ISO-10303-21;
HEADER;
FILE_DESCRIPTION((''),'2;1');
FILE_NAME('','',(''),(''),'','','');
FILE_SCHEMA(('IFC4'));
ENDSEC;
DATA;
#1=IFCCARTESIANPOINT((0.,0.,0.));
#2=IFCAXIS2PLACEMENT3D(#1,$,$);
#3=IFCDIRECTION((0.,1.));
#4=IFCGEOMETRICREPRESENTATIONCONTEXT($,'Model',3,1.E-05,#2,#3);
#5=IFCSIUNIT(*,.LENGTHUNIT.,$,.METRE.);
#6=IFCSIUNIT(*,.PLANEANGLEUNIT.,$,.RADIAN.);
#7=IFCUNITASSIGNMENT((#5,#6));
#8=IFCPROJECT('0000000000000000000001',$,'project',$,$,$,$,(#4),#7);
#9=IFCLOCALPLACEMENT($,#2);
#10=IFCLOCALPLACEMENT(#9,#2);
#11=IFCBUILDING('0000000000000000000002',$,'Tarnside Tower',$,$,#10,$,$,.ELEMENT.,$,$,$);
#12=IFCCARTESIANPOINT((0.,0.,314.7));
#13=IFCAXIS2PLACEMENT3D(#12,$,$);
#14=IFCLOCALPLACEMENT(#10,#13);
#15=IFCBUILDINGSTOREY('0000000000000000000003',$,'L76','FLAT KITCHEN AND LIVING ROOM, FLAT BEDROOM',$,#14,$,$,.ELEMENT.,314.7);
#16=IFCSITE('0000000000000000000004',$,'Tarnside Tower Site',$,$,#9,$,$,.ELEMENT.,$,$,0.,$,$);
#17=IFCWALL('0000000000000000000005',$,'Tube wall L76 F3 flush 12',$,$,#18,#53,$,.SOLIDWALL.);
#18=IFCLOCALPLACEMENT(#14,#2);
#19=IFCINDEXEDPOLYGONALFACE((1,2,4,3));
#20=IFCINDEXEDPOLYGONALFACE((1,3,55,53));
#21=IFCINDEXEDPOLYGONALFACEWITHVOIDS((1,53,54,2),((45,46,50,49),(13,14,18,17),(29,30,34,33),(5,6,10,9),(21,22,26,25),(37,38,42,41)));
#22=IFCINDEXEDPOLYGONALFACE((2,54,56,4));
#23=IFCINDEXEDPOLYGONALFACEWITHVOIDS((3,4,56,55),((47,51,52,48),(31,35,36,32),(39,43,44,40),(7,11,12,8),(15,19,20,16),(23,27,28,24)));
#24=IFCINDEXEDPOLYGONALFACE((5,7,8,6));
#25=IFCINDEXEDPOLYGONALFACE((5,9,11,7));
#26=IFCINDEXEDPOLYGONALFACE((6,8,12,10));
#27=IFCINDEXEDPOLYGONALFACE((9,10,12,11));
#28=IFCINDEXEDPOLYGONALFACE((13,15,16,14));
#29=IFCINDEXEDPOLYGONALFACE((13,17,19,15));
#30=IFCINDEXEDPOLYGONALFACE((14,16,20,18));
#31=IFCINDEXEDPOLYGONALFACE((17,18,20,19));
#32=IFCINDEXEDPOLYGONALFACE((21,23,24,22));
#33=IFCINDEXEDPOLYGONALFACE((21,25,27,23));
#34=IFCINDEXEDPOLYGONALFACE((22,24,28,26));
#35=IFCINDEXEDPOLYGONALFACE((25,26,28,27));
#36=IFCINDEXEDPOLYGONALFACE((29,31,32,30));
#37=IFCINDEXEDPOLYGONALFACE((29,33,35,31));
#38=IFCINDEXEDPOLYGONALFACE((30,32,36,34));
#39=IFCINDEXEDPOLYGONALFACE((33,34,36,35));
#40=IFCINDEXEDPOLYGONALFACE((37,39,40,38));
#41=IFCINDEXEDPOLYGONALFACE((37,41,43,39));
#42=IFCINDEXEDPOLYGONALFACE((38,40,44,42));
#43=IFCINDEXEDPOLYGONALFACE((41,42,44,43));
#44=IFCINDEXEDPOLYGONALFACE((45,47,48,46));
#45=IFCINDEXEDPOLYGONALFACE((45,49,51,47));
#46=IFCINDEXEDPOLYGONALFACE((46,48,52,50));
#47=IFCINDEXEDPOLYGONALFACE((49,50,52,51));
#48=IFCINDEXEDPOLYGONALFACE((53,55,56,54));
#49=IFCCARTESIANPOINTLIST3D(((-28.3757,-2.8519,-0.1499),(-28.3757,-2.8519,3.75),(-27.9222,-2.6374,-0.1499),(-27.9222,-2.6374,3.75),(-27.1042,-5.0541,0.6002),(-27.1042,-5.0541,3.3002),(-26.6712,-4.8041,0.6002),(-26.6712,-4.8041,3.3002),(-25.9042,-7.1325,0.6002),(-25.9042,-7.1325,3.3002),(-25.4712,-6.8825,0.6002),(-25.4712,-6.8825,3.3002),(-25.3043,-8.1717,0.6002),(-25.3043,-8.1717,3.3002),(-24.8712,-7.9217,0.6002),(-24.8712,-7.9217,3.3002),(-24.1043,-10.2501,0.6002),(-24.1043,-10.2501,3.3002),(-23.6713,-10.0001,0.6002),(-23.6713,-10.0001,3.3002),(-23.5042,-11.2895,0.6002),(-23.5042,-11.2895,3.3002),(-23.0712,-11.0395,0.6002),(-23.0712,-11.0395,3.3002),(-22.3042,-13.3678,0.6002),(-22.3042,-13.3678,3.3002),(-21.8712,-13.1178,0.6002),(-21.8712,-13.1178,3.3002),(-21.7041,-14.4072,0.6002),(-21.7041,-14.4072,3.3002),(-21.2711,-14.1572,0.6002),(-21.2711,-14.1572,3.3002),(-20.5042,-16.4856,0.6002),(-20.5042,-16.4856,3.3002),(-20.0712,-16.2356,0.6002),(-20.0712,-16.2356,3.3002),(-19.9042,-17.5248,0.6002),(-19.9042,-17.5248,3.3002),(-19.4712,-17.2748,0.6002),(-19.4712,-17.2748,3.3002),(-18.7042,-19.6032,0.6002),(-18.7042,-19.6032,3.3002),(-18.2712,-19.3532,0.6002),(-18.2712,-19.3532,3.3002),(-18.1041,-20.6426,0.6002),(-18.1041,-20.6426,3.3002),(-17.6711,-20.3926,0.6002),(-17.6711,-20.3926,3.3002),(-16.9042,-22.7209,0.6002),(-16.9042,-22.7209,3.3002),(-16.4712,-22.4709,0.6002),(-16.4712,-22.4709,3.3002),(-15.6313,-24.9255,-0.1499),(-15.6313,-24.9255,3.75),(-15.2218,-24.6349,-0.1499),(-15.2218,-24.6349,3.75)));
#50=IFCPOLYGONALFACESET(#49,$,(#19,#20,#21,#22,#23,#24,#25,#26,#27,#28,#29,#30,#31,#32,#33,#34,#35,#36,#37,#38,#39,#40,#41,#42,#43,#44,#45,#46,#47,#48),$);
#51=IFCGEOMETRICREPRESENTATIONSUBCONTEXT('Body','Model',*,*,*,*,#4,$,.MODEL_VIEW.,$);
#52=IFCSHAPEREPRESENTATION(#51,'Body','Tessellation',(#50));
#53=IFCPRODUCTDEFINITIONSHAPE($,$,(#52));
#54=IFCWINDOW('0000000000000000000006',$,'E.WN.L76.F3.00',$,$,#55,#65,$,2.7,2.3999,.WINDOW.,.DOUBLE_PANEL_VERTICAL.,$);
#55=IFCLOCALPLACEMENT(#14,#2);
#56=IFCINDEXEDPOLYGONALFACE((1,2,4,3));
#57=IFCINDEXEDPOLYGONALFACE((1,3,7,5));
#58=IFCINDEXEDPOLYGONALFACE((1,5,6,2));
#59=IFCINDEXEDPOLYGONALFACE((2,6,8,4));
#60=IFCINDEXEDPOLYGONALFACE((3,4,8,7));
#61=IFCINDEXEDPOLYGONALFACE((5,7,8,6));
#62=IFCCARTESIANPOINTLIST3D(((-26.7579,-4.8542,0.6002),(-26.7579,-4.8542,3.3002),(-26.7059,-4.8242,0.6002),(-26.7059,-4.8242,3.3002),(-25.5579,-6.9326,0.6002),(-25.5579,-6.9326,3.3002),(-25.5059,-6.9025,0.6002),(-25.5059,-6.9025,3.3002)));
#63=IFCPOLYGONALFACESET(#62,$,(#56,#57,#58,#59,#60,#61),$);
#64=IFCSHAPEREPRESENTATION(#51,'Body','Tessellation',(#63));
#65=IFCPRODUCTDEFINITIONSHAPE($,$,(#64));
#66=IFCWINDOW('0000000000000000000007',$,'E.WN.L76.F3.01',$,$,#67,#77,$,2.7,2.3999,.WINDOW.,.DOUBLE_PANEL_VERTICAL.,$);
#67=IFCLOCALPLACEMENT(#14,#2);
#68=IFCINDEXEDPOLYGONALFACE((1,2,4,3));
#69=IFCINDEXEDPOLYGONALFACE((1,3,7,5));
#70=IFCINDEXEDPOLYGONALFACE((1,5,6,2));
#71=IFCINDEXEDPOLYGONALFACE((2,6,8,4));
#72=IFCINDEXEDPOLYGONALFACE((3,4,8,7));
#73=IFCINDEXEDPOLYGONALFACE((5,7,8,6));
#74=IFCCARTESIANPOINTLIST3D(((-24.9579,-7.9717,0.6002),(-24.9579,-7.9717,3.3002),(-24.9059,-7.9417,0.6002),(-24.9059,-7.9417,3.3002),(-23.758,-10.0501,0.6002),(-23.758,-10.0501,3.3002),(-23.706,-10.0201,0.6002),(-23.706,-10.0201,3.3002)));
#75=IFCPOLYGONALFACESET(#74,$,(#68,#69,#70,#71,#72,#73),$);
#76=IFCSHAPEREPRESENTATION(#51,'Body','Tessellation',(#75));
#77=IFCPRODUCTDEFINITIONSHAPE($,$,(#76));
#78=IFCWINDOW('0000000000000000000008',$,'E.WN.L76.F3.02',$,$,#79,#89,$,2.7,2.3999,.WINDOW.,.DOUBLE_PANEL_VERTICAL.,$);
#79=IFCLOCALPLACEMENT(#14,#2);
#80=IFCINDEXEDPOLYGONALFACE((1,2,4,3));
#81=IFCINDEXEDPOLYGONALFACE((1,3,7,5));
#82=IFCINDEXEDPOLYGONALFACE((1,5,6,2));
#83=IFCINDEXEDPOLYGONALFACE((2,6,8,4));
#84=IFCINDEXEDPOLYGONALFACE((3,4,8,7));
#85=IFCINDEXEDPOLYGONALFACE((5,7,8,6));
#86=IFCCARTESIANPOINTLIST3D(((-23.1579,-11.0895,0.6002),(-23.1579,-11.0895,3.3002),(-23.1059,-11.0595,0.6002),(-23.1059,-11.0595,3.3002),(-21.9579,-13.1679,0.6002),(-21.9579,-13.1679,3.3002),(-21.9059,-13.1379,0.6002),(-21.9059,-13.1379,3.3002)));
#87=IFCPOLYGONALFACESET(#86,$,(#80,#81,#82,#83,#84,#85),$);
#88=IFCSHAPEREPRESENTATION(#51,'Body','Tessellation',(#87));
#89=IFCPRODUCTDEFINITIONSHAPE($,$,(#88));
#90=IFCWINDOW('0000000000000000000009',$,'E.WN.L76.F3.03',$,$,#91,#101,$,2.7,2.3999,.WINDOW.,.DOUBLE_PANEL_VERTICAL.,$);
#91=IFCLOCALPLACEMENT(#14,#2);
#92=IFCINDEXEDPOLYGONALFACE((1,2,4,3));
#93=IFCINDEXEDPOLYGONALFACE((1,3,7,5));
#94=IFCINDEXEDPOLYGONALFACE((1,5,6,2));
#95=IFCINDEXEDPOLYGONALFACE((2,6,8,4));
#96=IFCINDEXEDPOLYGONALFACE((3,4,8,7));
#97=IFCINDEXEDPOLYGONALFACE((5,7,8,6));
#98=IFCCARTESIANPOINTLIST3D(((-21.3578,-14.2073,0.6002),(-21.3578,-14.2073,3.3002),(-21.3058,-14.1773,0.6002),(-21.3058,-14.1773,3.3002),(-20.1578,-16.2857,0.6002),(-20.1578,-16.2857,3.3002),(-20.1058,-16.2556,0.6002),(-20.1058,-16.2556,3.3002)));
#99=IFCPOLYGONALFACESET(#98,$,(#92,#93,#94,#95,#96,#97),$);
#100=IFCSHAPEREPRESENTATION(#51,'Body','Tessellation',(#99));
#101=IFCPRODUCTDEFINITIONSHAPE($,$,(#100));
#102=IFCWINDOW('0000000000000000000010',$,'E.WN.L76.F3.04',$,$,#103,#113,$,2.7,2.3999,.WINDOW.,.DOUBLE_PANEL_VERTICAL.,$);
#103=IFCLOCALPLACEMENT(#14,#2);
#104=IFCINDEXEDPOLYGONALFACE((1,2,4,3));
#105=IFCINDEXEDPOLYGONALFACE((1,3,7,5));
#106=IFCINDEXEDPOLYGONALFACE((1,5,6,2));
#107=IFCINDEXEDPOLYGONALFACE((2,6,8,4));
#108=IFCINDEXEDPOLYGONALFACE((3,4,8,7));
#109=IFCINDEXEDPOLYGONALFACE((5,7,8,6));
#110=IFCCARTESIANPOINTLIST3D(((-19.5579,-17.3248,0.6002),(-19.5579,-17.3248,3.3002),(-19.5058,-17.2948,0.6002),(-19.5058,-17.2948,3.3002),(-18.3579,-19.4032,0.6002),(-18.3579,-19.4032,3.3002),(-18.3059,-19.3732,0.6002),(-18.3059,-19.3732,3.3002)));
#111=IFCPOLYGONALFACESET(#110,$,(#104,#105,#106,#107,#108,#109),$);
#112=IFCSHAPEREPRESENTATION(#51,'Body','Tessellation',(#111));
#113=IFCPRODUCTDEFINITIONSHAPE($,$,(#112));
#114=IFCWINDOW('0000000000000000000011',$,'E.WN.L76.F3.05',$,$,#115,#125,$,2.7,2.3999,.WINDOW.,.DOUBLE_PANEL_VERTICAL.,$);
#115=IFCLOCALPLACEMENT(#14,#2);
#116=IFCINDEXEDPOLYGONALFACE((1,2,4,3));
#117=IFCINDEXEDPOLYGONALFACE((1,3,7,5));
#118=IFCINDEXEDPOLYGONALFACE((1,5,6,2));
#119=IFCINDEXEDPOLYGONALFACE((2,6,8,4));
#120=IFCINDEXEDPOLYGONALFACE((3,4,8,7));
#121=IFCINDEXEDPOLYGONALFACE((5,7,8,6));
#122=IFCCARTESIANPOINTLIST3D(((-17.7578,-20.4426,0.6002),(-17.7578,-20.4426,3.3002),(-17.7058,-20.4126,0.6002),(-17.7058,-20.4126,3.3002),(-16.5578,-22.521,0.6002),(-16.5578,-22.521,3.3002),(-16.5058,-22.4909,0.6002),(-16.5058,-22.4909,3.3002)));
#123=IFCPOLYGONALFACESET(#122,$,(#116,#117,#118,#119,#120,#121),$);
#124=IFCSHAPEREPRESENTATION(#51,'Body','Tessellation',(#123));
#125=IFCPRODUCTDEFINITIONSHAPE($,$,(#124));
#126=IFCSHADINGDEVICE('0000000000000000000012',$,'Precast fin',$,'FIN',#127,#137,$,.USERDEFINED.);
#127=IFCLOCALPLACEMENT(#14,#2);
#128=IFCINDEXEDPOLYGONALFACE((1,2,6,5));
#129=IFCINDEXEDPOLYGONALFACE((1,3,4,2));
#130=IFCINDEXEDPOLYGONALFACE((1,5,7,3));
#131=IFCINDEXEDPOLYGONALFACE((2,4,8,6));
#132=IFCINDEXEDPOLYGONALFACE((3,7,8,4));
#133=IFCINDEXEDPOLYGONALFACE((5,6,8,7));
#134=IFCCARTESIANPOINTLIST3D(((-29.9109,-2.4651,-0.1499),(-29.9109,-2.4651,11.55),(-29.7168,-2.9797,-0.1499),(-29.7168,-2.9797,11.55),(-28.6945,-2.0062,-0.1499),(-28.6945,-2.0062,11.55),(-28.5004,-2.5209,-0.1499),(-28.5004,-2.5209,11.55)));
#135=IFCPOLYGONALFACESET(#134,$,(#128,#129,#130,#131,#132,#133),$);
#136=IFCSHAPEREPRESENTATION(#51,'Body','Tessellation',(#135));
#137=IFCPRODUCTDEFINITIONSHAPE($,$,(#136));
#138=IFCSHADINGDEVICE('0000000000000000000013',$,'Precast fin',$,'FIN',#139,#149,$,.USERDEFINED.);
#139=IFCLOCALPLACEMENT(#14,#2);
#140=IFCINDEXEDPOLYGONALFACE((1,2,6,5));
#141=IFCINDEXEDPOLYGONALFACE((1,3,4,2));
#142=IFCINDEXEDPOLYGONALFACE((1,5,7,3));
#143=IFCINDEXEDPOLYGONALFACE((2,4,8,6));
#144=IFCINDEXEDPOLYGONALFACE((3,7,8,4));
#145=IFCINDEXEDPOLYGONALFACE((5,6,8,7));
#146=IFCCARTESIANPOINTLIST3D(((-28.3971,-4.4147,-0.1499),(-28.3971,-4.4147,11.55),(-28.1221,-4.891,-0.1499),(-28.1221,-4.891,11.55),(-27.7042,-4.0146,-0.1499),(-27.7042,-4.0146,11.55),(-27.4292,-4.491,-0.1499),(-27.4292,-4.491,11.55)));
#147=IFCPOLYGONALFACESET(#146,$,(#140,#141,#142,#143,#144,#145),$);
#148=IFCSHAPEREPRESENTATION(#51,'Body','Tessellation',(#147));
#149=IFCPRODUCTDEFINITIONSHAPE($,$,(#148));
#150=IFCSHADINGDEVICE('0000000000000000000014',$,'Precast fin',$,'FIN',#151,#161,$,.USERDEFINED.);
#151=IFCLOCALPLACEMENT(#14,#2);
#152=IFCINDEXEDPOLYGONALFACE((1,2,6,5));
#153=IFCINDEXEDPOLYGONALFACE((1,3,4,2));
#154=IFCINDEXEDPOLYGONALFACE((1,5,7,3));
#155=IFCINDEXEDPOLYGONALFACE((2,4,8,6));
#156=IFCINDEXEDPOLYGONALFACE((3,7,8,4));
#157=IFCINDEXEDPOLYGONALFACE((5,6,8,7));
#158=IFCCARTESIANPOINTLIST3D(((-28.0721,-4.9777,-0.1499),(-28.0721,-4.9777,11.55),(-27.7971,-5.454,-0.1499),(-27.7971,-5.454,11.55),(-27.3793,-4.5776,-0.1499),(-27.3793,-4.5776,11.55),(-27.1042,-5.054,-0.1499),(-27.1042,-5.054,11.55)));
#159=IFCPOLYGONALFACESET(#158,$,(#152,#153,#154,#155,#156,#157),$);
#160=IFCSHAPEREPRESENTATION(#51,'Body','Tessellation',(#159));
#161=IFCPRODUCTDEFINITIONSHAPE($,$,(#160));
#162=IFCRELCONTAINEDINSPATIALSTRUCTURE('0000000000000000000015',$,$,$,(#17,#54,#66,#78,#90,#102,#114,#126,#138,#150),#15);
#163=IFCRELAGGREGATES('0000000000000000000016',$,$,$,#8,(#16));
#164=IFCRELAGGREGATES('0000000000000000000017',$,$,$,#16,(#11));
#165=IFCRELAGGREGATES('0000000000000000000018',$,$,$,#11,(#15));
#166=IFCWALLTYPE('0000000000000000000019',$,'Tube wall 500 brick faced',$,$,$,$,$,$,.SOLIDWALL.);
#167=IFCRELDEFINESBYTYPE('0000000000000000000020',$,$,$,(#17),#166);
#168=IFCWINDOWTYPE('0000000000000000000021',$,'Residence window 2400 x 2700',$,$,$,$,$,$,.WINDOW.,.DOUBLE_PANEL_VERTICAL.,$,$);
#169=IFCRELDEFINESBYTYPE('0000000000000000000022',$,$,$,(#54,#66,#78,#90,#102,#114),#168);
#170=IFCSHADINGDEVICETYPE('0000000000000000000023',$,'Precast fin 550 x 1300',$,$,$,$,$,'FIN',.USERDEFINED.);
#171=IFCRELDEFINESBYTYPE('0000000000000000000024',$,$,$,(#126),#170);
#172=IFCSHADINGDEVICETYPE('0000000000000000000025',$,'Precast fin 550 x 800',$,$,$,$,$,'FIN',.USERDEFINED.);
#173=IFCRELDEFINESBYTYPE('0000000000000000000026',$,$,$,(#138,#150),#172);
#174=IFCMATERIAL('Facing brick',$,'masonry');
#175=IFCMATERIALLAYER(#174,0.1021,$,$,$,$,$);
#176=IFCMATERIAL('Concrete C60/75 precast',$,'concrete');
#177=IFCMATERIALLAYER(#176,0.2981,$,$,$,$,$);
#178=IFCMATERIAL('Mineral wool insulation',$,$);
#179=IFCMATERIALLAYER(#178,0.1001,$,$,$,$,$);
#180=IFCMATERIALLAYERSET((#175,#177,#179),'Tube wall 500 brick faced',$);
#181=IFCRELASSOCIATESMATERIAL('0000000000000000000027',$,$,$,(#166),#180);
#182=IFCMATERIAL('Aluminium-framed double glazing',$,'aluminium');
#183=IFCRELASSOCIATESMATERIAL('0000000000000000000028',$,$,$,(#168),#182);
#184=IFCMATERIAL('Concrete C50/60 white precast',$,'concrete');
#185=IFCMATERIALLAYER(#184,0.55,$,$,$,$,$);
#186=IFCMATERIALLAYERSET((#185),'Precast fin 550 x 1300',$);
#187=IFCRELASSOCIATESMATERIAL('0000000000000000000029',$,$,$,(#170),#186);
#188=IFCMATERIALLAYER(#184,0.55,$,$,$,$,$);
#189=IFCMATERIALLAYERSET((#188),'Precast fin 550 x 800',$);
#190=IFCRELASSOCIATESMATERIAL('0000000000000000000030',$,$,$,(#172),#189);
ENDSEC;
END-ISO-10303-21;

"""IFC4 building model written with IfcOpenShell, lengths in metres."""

from ifc_helpers import new_model, si_unit, direction, frame, frame_2d, origin, place, context, subcontext, project, spatial, polyline, rectangle, outline, extrude, material, layer, layer_set, type_object, element, fill, save


model = new_model("IFC4")

# Units and contexts
model_context = context("Model", 3, precision=1e-05, world=origin(), true_north=direction((0.0, 1.0)))
body_context = subcontext(model_context, "Body", "Model", "MODEL_VIEW")
ifc_project = project(units=[si_unit("LENGTHUNIT", "METRE"), si_unit("PLANEANGLEUNIT", "RADIAN")], contexts=[model_context])

# Site, building, storey
site_placement = place(None, origin())
site = spatial("IfcSite", under=ifc_project, at=site_placement, Name="Tarnside Tower Site", CompositionType="ELEMENT", RefElevation=0.0)
building_placement = place(site_placement, origin())
building = spatial("IfcBuilding", under=site, at=building_placement, Name="Tarnside Tower", CompositionType="ELEMENT")
storey_placement = place(building_placement, frame((0.0, 0.0, 314.7)))
storey = spatial("IfcBuildingStorey", under=building, at=storey_placement, Name="L76", Description="FLAT KITCHEN AND LIVING ROOM, FLAT BEDROOM", CompositionType="ELEMENT", Elevation=314.7)

# Shared definitions
ifc_material_1 = material(Name="Facing brick", Category="masonry")
ifc_layer_1 = layer(ifc_material_1, 0.1021)
ifc_material_2 = material(Name="Concrete C60/75 precast", Category="concrete")
ifc_layer_2 = layer(ifc_material_2, 0.2981)
ifc_material_3 = material(Name="Mineral wool insulation")
ifc_layer_3 = layer(ifc_material_3, 0.1001)
ifc_layer_set_1 = layer_set([ifc_layer_1, ifc_layer_2, ifc_layer_3], Name="Tube wall 500 brick faced")
wall_type_1 = type_object("IfcWallType", Name="Tube wall 500 brick faced", PredefinedType="SOLIDWALL", material=ifc_layer_set_1)

# Wall, openings, windows
wall_1_placement = place(storey_placement, frame((-28.1489, -2.7446, -0.1499), z_axis=(0.0, 0.0, 1.0), x_axis=(0.500004, -0.866023, 0.0)))
wall_1 = element("IfcWall", 1, at=wall_1_placement, inside=storey, type_object=wall_type_1, Name="Tube wall L76 F3 flush 12", PredefinedType="SOLIDWALL", context=body_context, shape_type="SweptSolid", body=[
    extrude(outline(polyline([(-0.0205, -0.25), (25.468, -0.25), (25.4211, 0.25), (0.0205, 0.25), (-0.0205, -0.25)])), origin(), (0.0, 0.0, 1.0), 3.8999),
])
opening_1_placement = place(wall_1_placement, frame((2.5225, 0.0, 0.75)))
opening_1 = element("IfcOpeningElement", 2, at=opening_1_placement, cuts=wall_1, PredefinedType="OPENING", context=body_context, shape_type="SweptSolid", body=[
    extrude(rectangle(XDim=2.3999, YDim=2.7, at=frame_2d((1.2, 1.3501))), frame((0.0, 0.26, 0.0), z_axis=(0.0, -1.0, 0.0), x_axis=(1.0, 0.0, 0.0)), (0.0, 0.0, 1.0), 0.52),
])
opening_2_placement = place(wall_1_placement, frame((6.1223, 0.0, 0.75)))
opening_2 = element("IfcOpeningElement", 3, at=opening_2_placement, cuts=wall_1, PredefinedType="OPENING", context=body_context, shape_type="SweptSolid", body=[
    extrude(rectangle(XDim=2.3999, YDim=2.7, at=frame_2d((1.2, 1.3501))), frame((0.0, 0.26, 0.0), z_axis=(0.0, -1.0, 0.0), x_axis=(1.0, 0.0, 0.0)), (0.0, 0.0, 1.0), 0.52),
])
opening_3_placement = place(wall_1_placement, frame((9.7224, 0.0, 0.75)))
opening_3 = element("IfcOpeningElement", 4, at=opening_3_placement, cuts=wall_1, PredefinedType="OPENING", context=body_context, shape_type="SweptSolid", body=[
    extrude(rectangle(XDim=2.3999, YDim=2.7, at=frame_2d((1.2, 1.3501))), frame((0.0, 0.26, 0.0), z_axis=(0.0, -1.0, 0.0), x_axis=(1.0, 0.0, 0.0)), (0.0, 0.0, 1.0), 0.52),
])
opening_4_placement = place(wall_1_placement, frame((13.3225, 0.0, 0.75)))
opening_4 = element("IfcOpeningElement", 5, at=opening_4_placement, cuts=wall_1, PredefinedType="OPENING", context=body_context, shape_type="SweptSolid", body=[
    extrude(rectangle(XDim=2.3999, YDim=2.7, at=frame_2d((1.2, 1.3501))), frame((0.0, 0.26, 0.0), z_axis=(0.0, -1.0, 0.0), x_axis=(1.0, 0.0, 0.0)), (0.0, 0.0, 1.0), 0.52),
])
opening_5_placement = place(wall_1_placement, frame((16.9224, 0.0, 0.75)))
opening_5 = element("IfcOpeningElement", 6, at=opening_5_placement, cuts=wall_1, PredefinedType="OPENING", context=body_context, shape_type="SweptSolid", body=[
    extrude(rectangle(XDim=2.3999, YDim=2.7, at=frame_2d((1.2, 1.3501))), frame((0.0, 0.26, 0.0), z_axis=(0.0, -1.0, 0.0), x_axis=(1.0, 0.0, 0.0)), (0.0, 0.0, 1.0), 0.52),
])
opening_6_placement = place(wall_1_placement, frame((20.5225, 0.0, 0.75)))
opening_6 = element("IfcOpeningElement", 7, at=opening_6_placement, cuts=wall_1, PredefinedType="OPENING", context=body_context, shape_type="SweptSolid", body=[
    extrude(rectangle(XDim=2.3999, YDim=2.7, at=frame_2d((1.2, 1.3501))), frame((0.0, 0.26, 0.0), z_axis=(0.0, -1.0, 0.0), x_axis=(1.0, 0.0, 0.0)), (0.0, 0.0, 1.0), 0.52),
])
ifc_material_4 = material(Name="Aluminium-framed double glazing", Category="aluminium")
window_type = type_object("IfcWindowType", Name="Residence window 2400 x 2700", PartitioningType="DOUBLE_PANEL_VERTICAL", PredefinedType="WINDOW", material=ifc_material_4)
window_1_placement = place(opening_1_placement, frame((0.0, 0.1799, 0.0)))
window_1 = element("IfcWindow", 8, at=window_1_placement, inside=storey, type_object=window_type, Name="E.WN.L76.F3.00", OverallHeight=2.7, OverallWidth=2.3999, PartitioningType="DOUBLE_PANEL_VERTICAL", PredefinedType="WINDOW", context=body_context, shape_type="SweptSolid", body=[
    extrude(rectangle(XDim=2.3999, YDim=2.7, at=frame_2d((1.2, 1.3501))), frame((0.0, 0.03, 0.0), z_axis=(0.0, -1.0, 0.0), x_axis=(1.0, 0.0, 0.0)), (0.0, 0.0, 1.0), 0.0601),
])
fill(opening_1, window_1)
window_2_placement = place(opening_2_placement, frame((0.0, 0.1799, 0.0)))
window_2 = element("IfcWindow", 9, at=window_2_placement, inside=storey, type_object=window_type, Name="E.WN.L76.F3.01", OverallHeight=2.7, OverallWidth=2.3999, PartitioningType="DOUBLE_PANEL_VERTICAL", PredefinedType="WINDOW", context=body_context, shape_type="SweptSolid", body=[
    extrude(rectangle(XDim=2.3999, YDim=2.7, at=frame_2d((1.2, 1.3501))), frame((0.0, 0.03, 0.0), z_axis=(0.0, -1.0, 0.0), x_axis=(1.0, 0.0, 0.0)), (0.0, 0.0, 1.0), 0.0601),
])
fill(opening_2, window_2)
window_3_placement = place(opening_3_placement, frame((0.0, 0.1799, 0.0)))
window_3 = element("IfcWindow", 10, at=window_3_placement, inside=storey, type_object=window_type, Name="E.WN.L76.F3.02", OverallHeight=2.7, OverallWidth=2.3999, PartitioningType="DOUBLE_PANEL_VERTICAL", PredefinedType="WINDOW", context=body_context, shape_type="SweptSolid", body=[
    extrude(rectangle(XDim=2.3999, YDim=2.7, at=frame_2d((1.2, 1.3501))), frame((0.0, 0.03, 0.0), z_axis=(0.0, -1.0, 0.0), x_axis=(1.0, 0.0, 0.0)), (0.0, 0.0, 1.0), 0.0601),
])
fill(opening_3, window_3)
window_4_placement = place(opening_4_placement, frame((0.0, 0.1799, 0.0)))
window_4 = element("IfcWindow", 11, at=window_4_placement, inside=storey, type_object=window_type, Name="E.WN.L76.F3.03", OverallHeight=2.7, OverallWidth=2.3999, PartitioningType="DOUBLE_PANEL_VERTICAL", PredefinedType="WINDOW", context=body_context, shape_type="SweptSolid", body=[
    extrude(rectangle(XDim=2.3999, YDim=2.7, at=frame_2d((1.2, 1.3501))), frame((0.0, 0.03, 0.0), z_axis=(0.0, -1.0, 0.0), x_axis=(1.0, 0.0, 0.0)), (0.0, 0.0, 1.0), 0.0601),
])
fill(opening_4, window_4)
window_5_placement = place(opening_5_placement, frame((0.0, 0.1799, 0.0)))
window_5 = element("IfcWindow", 12, at=window_5_placement, inside=storey, type_object=window_type, Name="E.WN.L76.F3.04", OverallHeight=2.7, OverallWidth=2.3999, PartitioningType="DOUBLE_PANEL_VERTICAL", PredefinedType="WINDOW", context=body_context, shape_type="SweptSolid", body=[
    extrude(rectangle(XDim=2.3999, YDim=2.7, at=frame_2d((1.2, 1.3501))), frame((0.0, 0.03, 0.0), z_axis=(0.0, -1.0, 0.0), x_axis=(1.0, 0.0, 0.0)), (0.0, 0.0, 1.0), 0.0601),
])
fill(opening_5, window_5)
window_6_placement = place(opening_6_placement, frame((0.0, 0.1799, 0.0)))
window_6 = element("IfcWindow", 13, at=window_6_placement, inside=storey, type_object=window_type, Name="E.WN.L76.F3.05", OverallHeight=2.7, OverallWidth=2.3999, PartitioningType="DOUBLE_PANEL_VERTICAL", PredefinedType="WINDOW", context=body_context, shape_type="SweptSolid", body=[
    extrude(rectangle(XDim=2.3999, YDim=2.7, at=frame_2d((1.2, 1.3501))), frame((0.0, 0.03, 0.0), z_axis=(0.0, -1.0, 0.0), x_axis=(1.0, 0.0, 0.0)), (0.0, 0.0, 1.0), 0.0601),
])
fill(opening_6, window_6)

# Shading devices
ifc_material_5 = material(Name="Concrete C50/60 white precast", Category="concrete")
ifc_layer_4 = layer(ifc_material_5, 0.55)
ifc_layer_set_2 = layer_set([ifc_layer_4], Name="Precast fin 550 x 1300")
shading_device_type_1 = type_object("IfcShadingDeviceType", Name="Precast fin 550 x 1300", ElementType="FIN", PredefinedType="USERDEFINED", material=ifc_layer_set_2)
shading_device_placement = place(storey_placement, frame((-28.5974, -2.2637, -0.1499), z_axis=(-0.352931, 0.93565, 0.0), x_axis=(-0.93565, -0.352931, 0.0)))
element("IfcShadingDevice", 14, at=shading_device_placement, inside=storey, type_object=shading_device_type_1, Name="Precast fin", ObjectType="FIN", PredefinedType="USERDEFINED", context=body_context, shape_type="SweptSolid", body=[
    extrude(outline(polyline([(0.0, 0.0), (1.3, 0.0), (1.3, 11.7), (0.0, 11.7), (0.0, 0.0)])), frame((0.0, 0.0, -0.2749)), (0.0, 0.0, 1.0), 0.55),
])
ifc_layer_5 = layer(ifc_material_5, 0.55)
ifc_layer_set_3 = layer_set([ifc_layer_5], Name="Precast fin 550 x 800")
shading_device_type_2 = type_object("IfcShadingDeviceType", Name="Precast fin 550 x 800", ElementType="FIN", PredefinedType="USERDEFINED", material=ifc_layer_set_3)
for number, where, z_axis, x_axis, name in (
    (15, (-27.5667, -4.2529, -0.1499), (-0.5, 0.866025, 0.0), (-0.866025, -0.5, 0.0), "Precast fin"),
    (16, (-27.2417, -4.8159, -0.1499), (-0.5, 0.866025, 0.0), (-0.866025, -0.5, 0.0), "Precast fin"),
):
    element("IfcShadingDevice", number, at=place(storey_placement, frame(where, z_axis=z_axis, x_axis=x_axis)), inside=storey, type_object=shading_device_type_2, Name=name, ObjectType="FIN", PredefinedType="USERDEFINED", context=body_context, shape_type="SweptSolid", body=[
        extrude(outline(polyline([(0.0, 0.0), (0.8, 0.0), (0.8, 11.7), (0.0, 11.7), (0.0, 0.0)])), frame((0.0, 0.0, -0.2749)), (0.0, 0.0, 1.0), 0.55),
    ])

save(model, "model.ifc")
